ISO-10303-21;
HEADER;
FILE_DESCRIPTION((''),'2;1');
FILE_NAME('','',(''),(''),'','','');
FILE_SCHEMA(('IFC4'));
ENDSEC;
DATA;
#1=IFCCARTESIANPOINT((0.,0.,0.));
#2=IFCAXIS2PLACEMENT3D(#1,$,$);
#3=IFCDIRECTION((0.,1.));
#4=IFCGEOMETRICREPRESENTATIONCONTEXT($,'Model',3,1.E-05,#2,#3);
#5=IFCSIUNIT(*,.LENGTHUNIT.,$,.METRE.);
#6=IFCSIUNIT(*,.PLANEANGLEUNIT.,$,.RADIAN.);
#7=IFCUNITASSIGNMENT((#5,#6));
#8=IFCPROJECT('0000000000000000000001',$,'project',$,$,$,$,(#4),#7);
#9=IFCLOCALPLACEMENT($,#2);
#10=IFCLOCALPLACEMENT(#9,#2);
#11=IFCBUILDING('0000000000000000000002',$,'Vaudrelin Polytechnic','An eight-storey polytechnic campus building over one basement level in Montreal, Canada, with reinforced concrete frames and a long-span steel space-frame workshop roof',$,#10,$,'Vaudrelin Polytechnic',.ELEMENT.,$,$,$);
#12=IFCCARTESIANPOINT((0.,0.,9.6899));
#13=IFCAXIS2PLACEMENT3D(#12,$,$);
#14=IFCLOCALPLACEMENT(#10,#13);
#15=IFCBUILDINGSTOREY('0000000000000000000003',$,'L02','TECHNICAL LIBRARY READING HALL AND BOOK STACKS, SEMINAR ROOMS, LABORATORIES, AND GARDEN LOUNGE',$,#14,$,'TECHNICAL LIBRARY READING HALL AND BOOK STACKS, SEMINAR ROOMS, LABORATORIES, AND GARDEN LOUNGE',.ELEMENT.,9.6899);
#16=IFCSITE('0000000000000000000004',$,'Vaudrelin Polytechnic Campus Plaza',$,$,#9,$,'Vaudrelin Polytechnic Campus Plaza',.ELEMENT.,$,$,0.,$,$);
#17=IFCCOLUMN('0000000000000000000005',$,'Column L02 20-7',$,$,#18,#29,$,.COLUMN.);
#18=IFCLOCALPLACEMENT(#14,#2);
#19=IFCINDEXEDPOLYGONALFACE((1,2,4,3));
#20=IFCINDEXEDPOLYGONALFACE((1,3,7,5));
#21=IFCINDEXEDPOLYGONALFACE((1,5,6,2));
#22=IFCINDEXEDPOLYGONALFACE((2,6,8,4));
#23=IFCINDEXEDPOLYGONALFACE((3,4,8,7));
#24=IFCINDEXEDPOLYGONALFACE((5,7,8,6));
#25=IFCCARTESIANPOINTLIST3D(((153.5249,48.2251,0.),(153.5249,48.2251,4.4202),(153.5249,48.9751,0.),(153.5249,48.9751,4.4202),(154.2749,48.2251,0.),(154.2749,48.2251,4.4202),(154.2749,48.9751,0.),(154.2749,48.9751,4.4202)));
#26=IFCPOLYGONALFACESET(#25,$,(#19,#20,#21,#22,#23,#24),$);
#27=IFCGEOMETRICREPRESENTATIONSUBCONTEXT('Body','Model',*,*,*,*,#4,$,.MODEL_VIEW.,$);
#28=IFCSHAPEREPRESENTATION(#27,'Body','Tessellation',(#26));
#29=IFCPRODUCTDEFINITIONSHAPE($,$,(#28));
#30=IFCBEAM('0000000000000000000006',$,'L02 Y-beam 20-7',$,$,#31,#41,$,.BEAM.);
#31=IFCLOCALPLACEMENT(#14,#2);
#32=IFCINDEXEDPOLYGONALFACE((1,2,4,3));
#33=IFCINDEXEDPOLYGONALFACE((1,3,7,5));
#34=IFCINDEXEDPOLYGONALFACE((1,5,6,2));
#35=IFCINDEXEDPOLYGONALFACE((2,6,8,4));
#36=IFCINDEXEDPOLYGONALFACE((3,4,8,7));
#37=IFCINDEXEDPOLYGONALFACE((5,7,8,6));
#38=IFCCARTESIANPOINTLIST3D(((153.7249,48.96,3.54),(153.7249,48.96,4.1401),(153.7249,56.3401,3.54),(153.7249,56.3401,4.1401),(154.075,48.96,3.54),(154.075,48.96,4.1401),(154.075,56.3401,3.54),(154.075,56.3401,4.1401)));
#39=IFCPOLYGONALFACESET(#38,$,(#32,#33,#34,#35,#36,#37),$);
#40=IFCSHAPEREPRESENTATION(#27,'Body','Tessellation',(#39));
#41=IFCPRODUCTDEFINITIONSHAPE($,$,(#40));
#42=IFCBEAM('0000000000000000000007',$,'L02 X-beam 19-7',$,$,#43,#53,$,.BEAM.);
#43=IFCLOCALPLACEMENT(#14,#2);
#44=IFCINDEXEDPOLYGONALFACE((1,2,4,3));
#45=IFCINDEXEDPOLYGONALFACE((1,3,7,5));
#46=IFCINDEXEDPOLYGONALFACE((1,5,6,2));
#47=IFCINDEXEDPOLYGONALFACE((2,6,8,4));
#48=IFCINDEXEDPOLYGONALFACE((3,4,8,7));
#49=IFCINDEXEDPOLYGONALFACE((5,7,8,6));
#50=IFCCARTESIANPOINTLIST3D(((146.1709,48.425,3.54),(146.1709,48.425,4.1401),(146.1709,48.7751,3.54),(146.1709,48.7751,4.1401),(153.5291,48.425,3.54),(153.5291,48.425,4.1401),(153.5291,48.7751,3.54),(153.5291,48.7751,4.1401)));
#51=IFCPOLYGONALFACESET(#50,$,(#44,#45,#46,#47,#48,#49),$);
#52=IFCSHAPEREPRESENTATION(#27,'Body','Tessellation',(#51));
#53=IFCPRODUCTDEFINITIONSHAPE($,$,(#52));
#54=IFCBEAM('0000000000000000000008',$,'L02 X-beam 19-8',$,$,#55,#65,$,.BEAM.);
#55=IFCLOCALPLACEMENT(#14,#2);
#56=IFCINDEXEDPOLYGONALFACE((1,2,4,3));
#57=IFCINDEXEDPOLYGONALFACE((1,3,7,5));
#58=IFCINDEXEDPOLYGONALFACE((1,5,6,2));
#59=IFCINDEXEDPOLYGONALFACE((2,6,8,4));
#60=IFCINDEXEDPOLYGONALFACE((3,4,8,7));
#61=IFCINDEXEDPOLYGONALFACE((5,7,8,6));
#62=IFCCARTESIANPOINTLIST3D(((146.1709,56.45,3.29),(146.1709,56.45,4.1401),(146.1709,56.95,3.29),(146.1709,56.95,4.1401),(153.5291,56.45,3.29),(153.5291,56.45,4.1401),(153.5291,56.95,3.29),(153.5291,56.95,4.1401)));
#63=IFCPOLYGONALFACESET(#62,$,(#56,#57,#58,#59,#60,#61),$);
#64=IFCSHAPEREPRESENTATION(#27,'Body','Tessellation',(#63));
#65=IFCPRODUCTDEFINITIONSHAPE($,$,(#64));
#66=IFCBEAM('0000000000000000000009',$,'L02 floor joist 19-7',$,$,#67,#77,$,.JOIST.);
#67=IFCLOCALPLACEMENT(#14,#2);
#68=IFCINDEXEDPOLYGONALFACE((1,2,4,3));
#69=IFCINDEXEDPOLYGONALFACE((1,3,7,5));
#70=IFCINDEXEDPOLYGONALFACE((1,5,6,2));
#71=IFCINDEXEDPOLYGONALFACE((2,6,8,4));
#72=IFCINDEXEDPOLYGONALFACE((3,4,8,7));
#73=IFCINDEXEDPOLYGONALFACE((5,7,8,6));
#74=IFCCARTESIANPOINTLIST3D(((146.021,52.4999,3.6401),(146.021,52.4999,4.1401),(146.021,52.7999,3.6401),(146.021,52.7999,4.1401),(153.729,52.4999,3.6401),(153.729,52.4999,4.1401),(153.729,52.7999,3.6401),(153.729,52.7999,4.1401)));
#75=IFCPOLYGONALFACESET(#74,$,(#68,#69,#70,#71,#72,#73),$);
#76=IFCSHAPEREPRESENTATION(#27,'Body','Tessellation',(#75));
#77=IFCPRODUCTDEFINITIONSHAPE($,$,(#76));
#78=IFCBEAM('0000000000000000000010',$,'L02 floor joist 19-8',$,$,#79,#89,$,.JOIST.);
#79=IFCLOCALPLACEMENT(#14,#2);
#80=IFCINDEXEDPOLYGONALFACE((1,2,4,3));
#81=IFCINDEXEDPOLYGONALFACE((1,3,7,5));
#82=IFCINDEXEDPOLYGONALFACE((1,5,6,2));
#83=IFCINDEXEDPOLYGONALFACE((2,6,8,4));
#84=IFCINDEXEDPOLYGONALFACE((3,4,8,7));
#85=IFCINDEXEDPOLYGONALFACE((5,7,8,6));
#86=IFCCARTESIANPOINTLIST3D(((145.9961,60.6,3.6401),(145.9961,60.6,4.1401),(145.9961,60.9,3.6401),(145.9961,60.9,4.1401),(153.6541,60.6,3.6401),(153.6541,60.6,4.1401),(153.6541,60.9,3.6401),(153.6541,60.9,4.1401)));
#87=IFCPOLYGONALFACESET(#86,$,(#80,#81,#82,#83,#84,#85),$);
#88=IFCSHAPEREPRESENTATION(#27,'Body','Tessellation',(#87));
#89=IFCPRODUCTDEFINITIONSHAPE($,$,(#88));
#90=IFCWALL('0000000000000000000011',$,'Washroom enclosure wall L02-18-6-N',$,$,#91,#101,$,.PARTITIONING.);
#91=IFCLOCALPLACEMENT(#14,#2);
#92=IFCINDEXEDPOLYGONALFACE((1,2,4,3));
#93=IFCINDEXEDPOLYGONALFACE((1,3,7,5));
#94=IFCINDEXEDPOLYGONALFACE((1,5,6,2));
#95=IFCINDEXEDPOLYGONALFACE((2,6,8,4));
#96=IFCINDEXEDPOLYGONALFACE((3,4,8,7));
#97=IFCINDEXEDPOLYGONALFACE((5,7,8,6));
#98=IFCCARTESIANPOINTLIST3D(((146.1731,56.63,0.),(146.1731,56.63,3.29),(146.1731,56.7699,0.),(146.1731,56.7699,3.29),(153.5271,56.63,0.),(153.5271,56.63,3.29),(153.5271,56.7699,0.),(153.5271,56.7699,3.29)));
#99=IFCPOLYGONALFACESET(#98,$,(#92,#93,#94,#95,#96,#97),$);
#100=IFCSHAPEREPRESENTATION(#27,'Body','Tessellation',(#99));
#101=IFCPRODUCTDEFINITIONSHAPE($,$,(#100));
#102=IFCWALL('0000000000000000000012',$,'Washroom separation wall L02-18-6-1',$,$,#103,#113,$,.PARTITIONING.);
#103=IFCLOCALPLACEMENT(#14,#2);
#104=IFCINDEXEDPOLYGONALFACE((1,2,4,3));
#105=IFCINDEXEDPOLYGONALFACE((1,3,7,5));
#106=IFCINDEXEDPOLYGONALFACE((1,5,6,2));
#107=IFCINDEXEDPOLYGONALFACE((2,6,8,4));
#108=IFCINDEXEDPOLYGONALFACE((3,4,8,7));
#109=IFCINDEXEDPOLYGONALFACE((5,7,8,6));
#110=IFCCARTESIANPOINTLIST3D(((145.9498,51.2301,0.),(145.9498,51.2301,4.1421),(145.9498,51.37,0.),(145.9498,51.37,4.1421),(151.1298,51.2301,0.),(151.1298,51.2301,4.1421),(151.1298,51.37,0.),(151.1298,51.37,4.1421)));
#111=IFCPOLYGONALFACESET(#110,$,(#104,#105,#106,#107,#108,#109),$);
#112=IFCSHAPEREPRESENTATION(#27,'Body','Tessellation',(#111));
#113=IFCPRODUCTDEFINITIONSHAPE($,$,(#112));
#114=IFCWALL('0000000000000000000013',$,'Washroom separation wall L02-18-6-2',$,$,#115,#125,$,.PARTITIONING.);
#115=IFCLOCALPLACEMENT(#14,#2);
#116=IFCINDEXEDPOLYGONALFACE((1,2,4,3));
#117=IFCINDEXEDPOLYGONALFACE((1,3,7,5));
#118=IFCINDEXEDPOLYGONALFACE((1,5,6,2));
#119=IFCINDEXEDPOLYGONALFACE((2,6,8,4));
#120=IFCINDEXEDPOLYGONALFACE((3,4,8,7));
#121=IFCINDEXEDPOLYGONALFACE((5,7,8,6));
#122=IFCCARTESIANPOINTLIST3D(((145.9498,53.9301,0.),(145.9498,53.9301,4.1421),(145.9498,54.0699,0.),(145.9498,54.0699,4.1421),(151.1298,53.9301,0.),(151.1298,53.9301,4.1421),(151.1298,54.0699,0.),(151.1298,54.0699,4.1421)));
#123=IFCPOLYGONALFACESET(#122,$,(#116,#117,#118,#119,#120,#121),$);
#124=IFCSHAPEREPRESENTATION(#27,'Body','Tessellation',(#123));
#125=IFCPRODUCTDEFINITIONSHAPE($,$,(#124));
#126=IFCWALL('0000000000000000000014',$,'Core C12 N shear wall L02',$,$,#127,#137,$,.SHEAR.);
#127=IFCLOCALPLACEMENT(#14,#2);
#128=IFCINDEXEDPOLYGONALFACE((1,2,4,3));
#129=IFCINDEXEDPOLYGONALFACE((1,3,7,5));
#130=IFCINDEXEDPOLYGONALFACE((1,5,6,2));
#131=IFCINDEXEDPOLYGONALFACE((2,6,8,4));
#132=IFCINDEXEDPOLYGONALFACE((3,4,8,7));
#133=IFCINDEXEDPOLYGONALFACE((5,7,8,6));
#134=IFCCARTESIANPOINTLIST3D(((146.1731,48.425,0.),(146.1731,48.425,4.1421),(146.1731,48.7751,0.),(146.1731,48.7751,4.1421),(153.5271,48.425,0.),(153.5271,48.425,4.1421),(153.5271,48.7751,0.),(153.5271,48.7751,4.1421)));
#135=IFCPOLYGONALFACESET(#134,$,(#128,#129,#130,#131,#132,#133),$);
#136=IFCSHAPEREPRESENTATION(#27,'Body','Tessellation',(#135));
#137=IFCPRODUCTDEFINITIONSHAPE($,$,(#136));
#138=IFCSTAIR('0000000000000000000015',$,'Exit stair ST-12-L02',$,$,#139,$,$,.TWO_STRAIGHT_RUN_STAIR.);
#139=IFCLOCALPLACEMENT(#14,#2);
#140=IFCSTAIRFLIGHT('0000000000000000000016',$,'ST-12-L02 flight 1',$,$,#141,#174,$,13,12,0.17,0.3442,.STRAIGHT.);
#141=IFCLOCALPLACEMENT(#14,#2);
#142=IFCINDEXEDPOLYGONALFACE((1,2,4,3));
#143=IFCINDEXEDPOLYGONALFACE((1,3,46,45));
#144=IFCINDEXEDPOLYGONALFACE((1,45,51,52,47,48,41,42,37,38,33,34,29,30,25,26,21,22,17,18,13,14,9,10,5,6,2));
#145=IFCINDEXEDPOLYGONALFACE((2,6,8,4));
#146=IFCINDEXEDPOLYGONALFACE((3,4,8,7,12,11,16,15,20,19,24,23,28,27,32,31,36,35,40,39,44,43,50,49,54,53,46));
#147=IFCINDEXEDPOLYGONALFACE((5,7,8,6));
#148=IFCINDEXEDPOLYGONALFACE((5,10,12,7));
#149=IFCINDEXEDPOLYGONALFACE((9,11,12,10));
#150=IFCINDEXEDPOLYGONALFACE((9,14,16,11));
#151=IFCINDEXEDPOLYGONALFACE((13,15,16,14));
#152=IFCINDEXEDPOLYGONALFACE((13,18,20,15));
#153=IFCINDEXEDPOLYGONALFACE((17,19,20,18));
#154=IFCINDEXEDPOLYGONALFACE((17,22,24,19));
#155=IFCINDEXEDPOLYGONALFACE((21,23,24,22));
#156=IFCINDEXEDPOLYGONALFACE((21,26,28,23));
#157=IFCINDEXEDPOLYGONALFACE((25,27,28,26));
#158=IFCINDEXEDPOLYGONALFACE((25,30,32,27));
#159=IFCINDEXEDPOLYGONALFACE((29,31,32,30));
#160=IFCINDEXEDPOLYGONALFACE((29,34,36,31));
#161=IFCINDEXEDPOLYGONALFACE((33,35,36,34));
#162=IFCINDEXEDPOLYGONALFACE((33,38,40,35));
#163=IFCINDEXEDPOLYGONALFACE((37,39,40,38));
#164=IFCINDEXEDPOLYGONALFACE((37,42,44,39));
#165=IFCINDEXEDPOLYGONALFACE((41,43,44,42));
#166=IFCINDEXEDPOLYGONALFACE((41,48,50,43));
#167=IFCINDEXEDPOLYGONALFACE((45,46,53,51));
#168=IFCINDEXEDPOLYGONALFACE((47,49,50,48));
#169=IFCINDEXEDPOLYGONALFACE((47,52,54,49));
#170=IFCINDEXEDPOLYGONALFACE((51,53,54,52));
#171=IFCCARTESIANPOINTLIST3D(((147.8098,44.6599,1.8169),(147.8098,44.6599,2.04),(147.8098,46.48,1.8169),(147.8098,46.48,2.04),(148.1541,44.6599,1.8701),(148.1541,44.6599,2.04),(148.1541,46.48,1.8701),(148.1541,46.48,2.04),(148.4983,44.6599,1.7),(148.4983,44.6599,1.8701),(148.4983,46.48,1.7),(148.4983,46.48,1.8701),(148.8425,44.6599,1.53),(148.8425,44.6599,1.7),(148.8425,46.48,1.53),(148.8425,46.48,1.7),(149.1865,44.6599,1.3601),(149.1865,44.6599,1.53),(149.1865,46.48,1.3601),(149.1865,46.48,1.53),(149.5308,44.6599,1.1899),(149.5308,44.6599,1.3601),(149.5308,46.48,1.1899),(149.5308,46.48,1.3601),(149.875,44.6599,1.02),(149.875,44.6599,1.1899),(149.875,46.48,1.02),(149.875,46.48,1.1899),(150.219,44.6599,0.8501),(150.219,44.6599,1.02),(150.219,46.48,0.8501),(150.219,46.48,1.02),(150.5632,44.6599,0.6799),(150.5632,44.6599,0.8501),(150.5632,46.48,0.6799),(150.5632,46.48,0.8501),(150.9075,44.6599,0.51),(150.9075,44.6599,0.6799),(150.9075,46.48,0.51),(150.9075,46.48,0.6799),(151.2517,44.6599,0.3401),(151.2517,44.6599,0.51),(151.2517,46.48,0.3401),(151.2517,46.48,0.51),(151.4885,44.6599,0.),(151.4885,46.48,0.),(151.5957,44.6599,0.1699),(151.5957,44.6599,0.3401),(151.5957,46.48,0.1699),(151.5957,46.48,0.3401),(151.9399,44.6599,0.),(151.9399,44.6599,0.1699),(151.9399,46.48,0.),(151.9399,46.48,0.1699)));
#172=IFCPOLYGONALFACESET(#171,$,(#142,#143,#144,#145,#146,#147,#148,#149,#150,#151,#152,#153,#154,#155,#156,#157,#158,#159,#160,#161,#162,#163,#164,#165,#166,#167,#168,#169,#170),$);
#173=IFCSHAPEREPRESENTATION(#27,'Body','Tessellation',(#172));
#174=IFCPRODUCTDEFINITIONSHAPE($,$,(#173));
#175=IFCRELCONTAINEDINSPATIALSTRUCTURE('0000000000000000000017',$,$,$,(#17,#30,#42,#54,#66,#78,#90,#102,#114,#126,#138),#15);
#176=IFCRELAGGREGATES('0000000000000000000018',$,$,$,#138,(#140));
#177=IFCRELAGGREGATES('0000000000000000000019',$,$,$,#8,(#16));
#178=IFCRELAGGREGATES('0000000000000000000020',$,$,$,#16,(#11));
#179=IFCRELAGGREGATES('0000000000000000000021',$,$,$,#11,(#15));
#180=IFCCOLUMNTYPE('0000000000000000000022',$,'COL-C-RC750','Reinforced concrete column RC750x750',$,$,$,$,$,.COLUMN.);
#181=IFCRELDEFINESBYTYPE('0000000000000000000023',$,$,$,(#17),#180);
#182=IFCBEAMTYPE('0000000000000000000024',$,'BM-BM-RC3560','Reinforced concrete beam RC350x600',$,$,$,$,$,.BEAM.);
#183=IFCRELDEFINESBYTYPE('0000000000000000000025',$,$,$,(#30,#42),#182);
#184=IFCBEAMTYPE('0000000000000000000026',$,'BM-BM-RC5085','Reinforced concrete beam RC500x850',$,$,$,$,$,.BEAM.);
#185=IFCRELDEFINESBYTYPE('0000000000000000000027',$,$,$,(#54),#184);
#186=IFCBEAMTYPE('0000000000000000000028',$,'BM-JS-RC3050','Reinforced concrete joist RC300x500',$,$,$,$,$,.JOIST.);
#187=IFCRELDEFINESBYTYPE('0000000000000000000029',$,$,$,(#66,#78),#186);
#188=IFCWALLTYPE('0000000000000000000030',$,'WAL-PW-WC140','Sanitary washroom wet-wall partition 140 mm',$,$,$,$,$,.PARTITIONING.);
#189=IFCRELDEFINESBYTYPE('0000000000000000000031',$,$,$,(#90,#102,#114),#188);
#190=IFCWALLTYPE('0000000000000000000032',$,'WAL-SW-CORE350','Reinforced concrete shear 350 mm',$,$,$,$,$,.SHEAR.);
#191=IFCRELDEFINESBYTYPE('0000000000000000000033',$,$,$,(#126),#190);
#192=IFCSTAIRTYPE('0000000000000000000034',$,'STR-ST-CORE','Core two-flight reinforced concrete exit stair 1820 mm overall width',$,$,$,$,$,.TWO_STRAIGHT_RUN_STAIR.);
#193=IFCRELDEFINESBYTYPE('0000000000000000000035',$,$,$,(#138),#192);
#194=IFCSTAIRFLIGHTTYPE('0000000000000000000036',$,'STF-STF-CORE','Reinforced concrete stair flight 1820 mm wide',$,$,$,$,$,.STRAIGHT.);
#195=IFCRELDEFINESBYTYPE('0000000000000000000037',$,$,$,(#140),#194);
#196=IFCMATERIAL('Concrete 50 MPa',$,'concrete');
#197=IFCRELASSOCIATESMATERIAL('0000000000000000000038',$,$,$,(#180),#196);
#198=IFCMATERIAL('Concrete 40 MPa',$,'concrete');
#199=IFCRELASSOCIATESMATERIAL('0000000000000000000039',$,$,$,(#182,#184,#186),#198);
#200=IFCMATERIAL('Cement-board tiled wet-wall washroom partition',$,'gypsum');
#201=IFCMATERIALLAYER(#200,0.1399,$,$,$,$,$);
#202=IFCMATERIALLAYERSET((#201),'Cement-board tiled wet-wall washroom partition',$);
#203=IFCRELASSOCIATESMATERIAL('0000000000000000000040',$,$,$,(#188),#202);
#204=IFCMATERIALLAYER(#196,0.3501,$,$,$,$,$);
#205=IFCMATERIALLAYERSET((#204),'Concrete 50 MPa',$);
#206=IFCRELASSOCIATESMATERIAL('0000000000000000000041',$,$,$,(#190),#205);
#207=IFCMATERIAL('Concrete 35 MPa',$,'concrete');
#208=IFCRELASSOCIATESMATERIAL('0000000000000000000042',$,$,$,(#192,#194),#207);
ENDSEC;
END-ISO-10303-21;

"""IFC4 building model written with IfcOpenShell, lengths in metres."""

from ifc_helpers import new_model, si_unit, direction, frame, frame_2d, origin, origin_2d, place, context, subcontext, project, spatial, polyline, rectangle, outline, extrude, material, layer, layer_set, material_profile, profile_set, type_object, element, aggregate, save


model = new_model("IFC4")

# Units and contexts
model_context = context("Model", 3, precision=1e-05, world=origin(), true_north=direction((0.0, 1.0)))
body_context = subcontext(model_context, "Body", "Model", "MODEL_VIEW")
ifc_project = project(units=[si_unit("LENGTHUNIT", "METRE"), si_unit("PLANEANGLEUNIT", "RADIAN")], contexts=[model_context])

# Site, building, storey
site_placement = place(None, origin())
site = spatial("IfcSite", under=ifc_project, at=site_placement, Name="Vaudrelin Polytechnic Campus Plaza", LongName="Vaudrelin Polytechnic Campus Plaza", CompositionType="ELEMENT", RefElevation=0.0)
building_placement = place(site_placement, origin())
building = spatial("IfcBuilding", under=site, at=building_placement, Name="Vaudrelin Polytechnic", Description="An eight-storey polytechnic campus building over one basement level in Montreal, Canada, with reinforced concrete frames and a long-span steel space-frame workshop roof", LongName="Vaudrelin Polytechnic", CompositionType="ELEMENT")
storey_placement = place(building_placement, frame((0.0, 0.0, 9.6899)))
storey = spatial("IfcBuildingStorey", under=building, at=storey_placement, Name="L02", Description="TECHNICAL LIBRARY READING HALL AND BOOK STACKS, SEMINAR ROOMS, LABORATORIES, AND GARDEN LOUNGE", LongName="TECHNICAL LIBRARY READING HALL AND BOOK STACKS, SEMINAR ROOMS, LABORATORIES, AND GARDEN LOUNGE", CompositionType="ELEMENT", Elevation=9.6899)

# Column
ifc_material_1 = material(Name="Concrete 50 MPa", Category="concrete")
ifc_material_profile_1 = material_profile(ifc_material_1, rectangle(XDim=0.75, YDim=0.75, at=origin_2d()), Name="RC750x750")
ifc_profile_set_1 = profile_set([ifc_material_profile_1], Name="Concrete 50 MPa")
column_type = type_object("IfcColumnType", Name="COL-C-RC750", Description="Reinforced concrete column RC750x750", PredefinedType="COLUMN", material=ifc_profile_set_1)
column_placement = place(storey_placement, frame((153.8999, 48.6001, 0.0), z_axis=(0.0, 0.0, 1.0), x_axis=(1.0, 0.0, 0.0)))
element("IfcColumn", 1, at=column_placement, inside=storey, type_object=column_type, Name="Column L02 20-7", PredefinedType="COLUMN", context=body_context, shape_type="SweptSolid", body=[
    extrude(rectangle(XDim=0.75, YDim=0.75, at=origin_2d()), origin(), (0.0, 0.0, 1.0), 4.4202),
])

# Beams
ifc_material_2 = material(Name="Concrete 40 MPa", Category="concrete")
ifc_material_profile_2 = material_profile(ifc_material_2, rectangle(XDim=0.3501, YDim=0.6001, at=origin_2d()), Name="RC350x600")
ifc_profile_set_2 = profile_set([ifc_material_profile_2], Name="Concrete 40 MPa")
beam_type_1 = type_object("IfcBeamType", Name="BM-BM-RC3560", Description="Reinforced concrete beam RC350x600", PredefinedType="BEAM", material=ifc_profile_set_2)
beam_1_placement = place(storey_placement, frame((153.8999, 48.96, 3.8401), z_axis=(0.0, 1.0, 0.0), x_axis=(-1.0, 0.0, 0.0)))
element("IfcBeam", 2, at=beam_1_placement, inside=storey, type_object=beam_type_1, Name="L02 Y-beam 20-7", PredefinedType="BEAM", context=body_context, shape_type="SweptSolid", body=[
    extrude(rectangle(XDim=0.3501, YDim=0.6001, at=origin_2d()), origin(), (0.0, 0.0, 1.0), 7.3801),
])
beam_2_placement = place(storey_placement, frame((146.1709, 48.6001, 3.8401), z_axis=(1.0, 0.0, 0.0), x_axis=(0.0, 1.0, 0.0)))
element("IfcBeam", 3, at=beam_2_placement, inside=storey, type_object=beam_type_1, Name="L02 X-beam 19-7", PredefinedType="BEAM", context=body_context, shape_type="SweptSolid", body=[
    extrude(rectangle(XDim=0.3501, YDim=0.6001, at=origin_2d()), origin(), (0.0, 0.0, 1.0), 7.3582),
])
ifc_material_profile_3 = material_profile(ifc_material_2, rectangle(XDim=0.5, YDim=0.8501, at=origin_2d()), Name="RC500x850")
ifc_profile_set_3 = profile_set([ifc_material_profile_3], Name="Concrete 40 MPa")
beam_type_2 = type_object("IfcBeamType", Name="BM-BM-RC5085", Description="Reinforced concrete beam RC500x850", PredefinedType="BEAM", material=ifc_profile_set_3)
beam_3_placement = place(storey_placement, frame((146.1709, 56.7, 3.7151), z_axis=(1.0, 0.0, 0.0), x_axis=(0.0, 1.0, 0.0)))
element("IfcBeam", 4, at=beam_3_placement, inside=storey, type_object=beam_type_2, Name="L02 X-beam 19-8", PredefinedType="BEAM", context=body_context, shape_type="SweptSolid", body=[
    extrude(rectangle(XDim=0.5, YDim=0.8501, at=origin_2d()), origin(), (0.0, 0.0, 1.0), 7.3582),
])
ifc_material_profile_4 = material_profile(ifc_material_2, rectangle(XDim=0.3, YDim=0.5, at=origin_2d()), Name="RC300x500")
ifc_profile_set_4 = profile_set([ifc_material_profile_4], Name="Concrete 40 MPa")
beam_type_3 = type_object("IfcBeamType", Name="BM-JS-RC3050", Description="Reinforced concrete joist RC300x500", PredefinedType="JOIST", material=ifc_profile_set_4)
beam_4_placement = place(storey_placement, frame((146.021, 52.6499, 3.8901), z_axis=(1.0, 0.0, 0.0), x_axis=(0.0, 1.0, 0.0)))
element("IfcBeam", 5, at=beam_4_placement, inside=storey, type_object=beam_type_3, Name="L02 floor joist 19-7", PredefinedType="JOIST", context=body_context, shape_type="SweptSolid", body=[
    extrude(rectangle(XDim=0.3, YDim=0.5, at=origin_2d()), origin(), (0.0, 0.0, 1.0), 7.708),
])
beam_5_placement = place(storey_placement, frame((145.9961, 60.75, 3.8901), z_axis=(1.0, 0.0, 0.0), x_axis=(0.0, 1.0, 0.0)))
element("IfcBeam", 6, at=beam_5_placement, inside=storey, type_object=beam_type_3, Name="L02 floor joist 19-8", PredefinedType="JOIST", context=body_context, shape_type="SweptSolid", body=[
    extrude(rectangle(XDim=0.3, YDim=0.5, at=origin_2d()), origin(), (0.0, 0.0, 1.0), 7.658),
])

# Wall
ifc_material_3 = material(Name="Cement-board tiled wet-wall washroom partition", Category="gypsum")
ifc_layer_1 = layer(ifc_material_3, 0.1399)
ifc_layer_set_1 = layer_set([ifc_layer_1], Name="Cement-board tiled wet-wall washroom partition")
wall_type_1 = type_object("IfcWallType", Name="WAL-PW-WC140", Description="Sanitary washroom wet-wall partition 140 mm", PredefinedType="PARTITIONING", material=ifc_layer_set_1)
wall_1_placement = place(storey_placement, frame((146.1731, 56.7, 0.0), z_axis=(0.0, 0.0, 1.0), x_axis=(1.0, 0.0, 0.0)))
element("IfcWall", 7, at=wall_1_placement, inside=storey, type_object=wall_type_1, Name="Washroom enclosure wall L02-18-6-N", PredefinedType="PARTITIONING", context=body_context, shape_type="SweptSolid", body=[
    extrude(rectangle(XDim=7.354, YDim=0.1399, at=frame_2d((3.677, 0.0))), origin(), (0.0, 0.0, 1.0), 3.29),
])

# Walls
for number, where, z_axis, x_axis, name in (
    (8, (145.95, 51.3, 0.0), (0.0, 0.0, 1.0), (1.0, 0.0, 0.0), "Washroom separation wall L02-18-6-1"),
    (9, (145.95, 54.0, 0.0), (0.0, 0.0, 1.0), (1.0, 0.0, 0.0), "Washroom separation wall L02-18-6-2"),
):
    element("IfcWall", number, at=place(storey_placement, frame(where, z_axis=z_axis, x_axis=x_axis)), inside=storey, type_object=wall_type_1, Name=name, PredefinedType="PARTITIONING", context=body_context, shape_type="SweptSolid", body=[
        extrude(rectangle(XDim=5.1799, YDim=0.1399, at=frame_2d((2.5898, 0.0))), origin(), (0.0, 0.0, 1.0), 4.1421),
    ])
ifc_layer_2 = layer(ifc_material_1, 0.3501)
ifc_layer_set_2 = layer_set([ifc_layer_2], Name="Concrete 50 MPa")
wall_type_2 = type_object("IfcWallType", Name="WAL-SW-CORE350", Description="Reinforced concrete shear 350 mm", PredefinedType="SHEAR", material=ifc_layer_set_2)
wall_2_placement = place(storey_placement, frame((146.1731, 48.6001, 0.0), z_axis=(0.0, 0.0, 1.0), x_axis=(1.0, 0.0, 0.0)))
element("IfcWall", 10, at=wall_2_placement, inside=storey, type_object=wall_type_2, Name="Core C12 N shear wall L02", PredefinedType="SHEAR", context=body_context, shape_type="SweptSolid", body=[
    extrude(rectangle(XDim=7.354, YDim=0.3501, at=frame_2d((3.677, 0.0))), origin(), (0.0, 0.0, 1.0), 4.1421),
])

# Stair, stair flight
ifc_material_4 = material(Name="Concrete 35 MPa", Category="concrete")
stair_type = type_object("IfcStairType", Name="STR-ST-CORE", Description="Core two-flight reinforced concrete exit stair 1820 mm overall width", PredefinedType="TWO_STRAIGHT_RUN_STAIR", material=ifc_material_4)
stair_placement = place(storey_placement, origin())
stair = element("IfcStair", 11, at=stair_placement, inside=storey, type_object=stair_type, Name="Exit stair ST-12-L02", PredefinedType="TWO_STRAIGHT_RUN_STAIR")
stair_flight_type = type_object("IfcStairFlightType", Name="STF-STF-CORE", Description="Reinforced concrete stair flight 1820 mm wide", PredefinedType="STRAIGHT", material=ifc_material_4)
stair_flight_1_placement = place(storey_placement, frame((151.9399, 45.5701, 0.0), z_axis=(0.0, 0.0, 1.0), x_axis=(-1.0, 0.0, 0.0)))
stair_flight_1 = element("IfcStairFlight", 12, at=stair_flight_1_placement, type_object=stair_flight_type, Name="ST-12-L02 flight 1", NumberOfRisers=13, NumberOfTreads=12, PredefinedType="STRAIGHT", RiserHeight=0.17, TreadLength=0.3442, context=body_context, shape_type="SweptSolid", body=[
    extrude(outline(polyline([(0.0, 0.0), (0.0, 0.1699), (0.3442, 0.1699), (0.3442, 0.3401), (0.6882, 0.3401), (0.6882, 0.51), (1.0325, 0.51), (1.0325, 0.6799), (1.3767, 0.6799), (1.3767, 0.8501), (1.7209, 0.8501), (1.7209, 1.02), (2.0649, 1.02), (2.0649, 1.1899), (2.4092, 1.1899), (2.4092, 1.3601), (2.7534, 1.3601), (2.7534, 1.53), (3.0974, 1.53), (3.0974, 1.7), (3.4417, 1.7), (3.4417, 1.8701), (3.7859, 1.8701), (3.7859, 2.04), (4.1301, 2.04), (4.1301, 2.21), (4.1301, 1.8169), (0.4514, 0.0), (0.0, 0.0)])), frame((0.0, 0.9102, 0.0), z_axis=(0.0, -1.0, 0.0), x_axis=(1.0, 0.0, 0.0)), (0.0, 0.0, 1.0), 1.8201),
])
aggregate(stair, [stair_flight_1])

save(model, "model.ifc")
